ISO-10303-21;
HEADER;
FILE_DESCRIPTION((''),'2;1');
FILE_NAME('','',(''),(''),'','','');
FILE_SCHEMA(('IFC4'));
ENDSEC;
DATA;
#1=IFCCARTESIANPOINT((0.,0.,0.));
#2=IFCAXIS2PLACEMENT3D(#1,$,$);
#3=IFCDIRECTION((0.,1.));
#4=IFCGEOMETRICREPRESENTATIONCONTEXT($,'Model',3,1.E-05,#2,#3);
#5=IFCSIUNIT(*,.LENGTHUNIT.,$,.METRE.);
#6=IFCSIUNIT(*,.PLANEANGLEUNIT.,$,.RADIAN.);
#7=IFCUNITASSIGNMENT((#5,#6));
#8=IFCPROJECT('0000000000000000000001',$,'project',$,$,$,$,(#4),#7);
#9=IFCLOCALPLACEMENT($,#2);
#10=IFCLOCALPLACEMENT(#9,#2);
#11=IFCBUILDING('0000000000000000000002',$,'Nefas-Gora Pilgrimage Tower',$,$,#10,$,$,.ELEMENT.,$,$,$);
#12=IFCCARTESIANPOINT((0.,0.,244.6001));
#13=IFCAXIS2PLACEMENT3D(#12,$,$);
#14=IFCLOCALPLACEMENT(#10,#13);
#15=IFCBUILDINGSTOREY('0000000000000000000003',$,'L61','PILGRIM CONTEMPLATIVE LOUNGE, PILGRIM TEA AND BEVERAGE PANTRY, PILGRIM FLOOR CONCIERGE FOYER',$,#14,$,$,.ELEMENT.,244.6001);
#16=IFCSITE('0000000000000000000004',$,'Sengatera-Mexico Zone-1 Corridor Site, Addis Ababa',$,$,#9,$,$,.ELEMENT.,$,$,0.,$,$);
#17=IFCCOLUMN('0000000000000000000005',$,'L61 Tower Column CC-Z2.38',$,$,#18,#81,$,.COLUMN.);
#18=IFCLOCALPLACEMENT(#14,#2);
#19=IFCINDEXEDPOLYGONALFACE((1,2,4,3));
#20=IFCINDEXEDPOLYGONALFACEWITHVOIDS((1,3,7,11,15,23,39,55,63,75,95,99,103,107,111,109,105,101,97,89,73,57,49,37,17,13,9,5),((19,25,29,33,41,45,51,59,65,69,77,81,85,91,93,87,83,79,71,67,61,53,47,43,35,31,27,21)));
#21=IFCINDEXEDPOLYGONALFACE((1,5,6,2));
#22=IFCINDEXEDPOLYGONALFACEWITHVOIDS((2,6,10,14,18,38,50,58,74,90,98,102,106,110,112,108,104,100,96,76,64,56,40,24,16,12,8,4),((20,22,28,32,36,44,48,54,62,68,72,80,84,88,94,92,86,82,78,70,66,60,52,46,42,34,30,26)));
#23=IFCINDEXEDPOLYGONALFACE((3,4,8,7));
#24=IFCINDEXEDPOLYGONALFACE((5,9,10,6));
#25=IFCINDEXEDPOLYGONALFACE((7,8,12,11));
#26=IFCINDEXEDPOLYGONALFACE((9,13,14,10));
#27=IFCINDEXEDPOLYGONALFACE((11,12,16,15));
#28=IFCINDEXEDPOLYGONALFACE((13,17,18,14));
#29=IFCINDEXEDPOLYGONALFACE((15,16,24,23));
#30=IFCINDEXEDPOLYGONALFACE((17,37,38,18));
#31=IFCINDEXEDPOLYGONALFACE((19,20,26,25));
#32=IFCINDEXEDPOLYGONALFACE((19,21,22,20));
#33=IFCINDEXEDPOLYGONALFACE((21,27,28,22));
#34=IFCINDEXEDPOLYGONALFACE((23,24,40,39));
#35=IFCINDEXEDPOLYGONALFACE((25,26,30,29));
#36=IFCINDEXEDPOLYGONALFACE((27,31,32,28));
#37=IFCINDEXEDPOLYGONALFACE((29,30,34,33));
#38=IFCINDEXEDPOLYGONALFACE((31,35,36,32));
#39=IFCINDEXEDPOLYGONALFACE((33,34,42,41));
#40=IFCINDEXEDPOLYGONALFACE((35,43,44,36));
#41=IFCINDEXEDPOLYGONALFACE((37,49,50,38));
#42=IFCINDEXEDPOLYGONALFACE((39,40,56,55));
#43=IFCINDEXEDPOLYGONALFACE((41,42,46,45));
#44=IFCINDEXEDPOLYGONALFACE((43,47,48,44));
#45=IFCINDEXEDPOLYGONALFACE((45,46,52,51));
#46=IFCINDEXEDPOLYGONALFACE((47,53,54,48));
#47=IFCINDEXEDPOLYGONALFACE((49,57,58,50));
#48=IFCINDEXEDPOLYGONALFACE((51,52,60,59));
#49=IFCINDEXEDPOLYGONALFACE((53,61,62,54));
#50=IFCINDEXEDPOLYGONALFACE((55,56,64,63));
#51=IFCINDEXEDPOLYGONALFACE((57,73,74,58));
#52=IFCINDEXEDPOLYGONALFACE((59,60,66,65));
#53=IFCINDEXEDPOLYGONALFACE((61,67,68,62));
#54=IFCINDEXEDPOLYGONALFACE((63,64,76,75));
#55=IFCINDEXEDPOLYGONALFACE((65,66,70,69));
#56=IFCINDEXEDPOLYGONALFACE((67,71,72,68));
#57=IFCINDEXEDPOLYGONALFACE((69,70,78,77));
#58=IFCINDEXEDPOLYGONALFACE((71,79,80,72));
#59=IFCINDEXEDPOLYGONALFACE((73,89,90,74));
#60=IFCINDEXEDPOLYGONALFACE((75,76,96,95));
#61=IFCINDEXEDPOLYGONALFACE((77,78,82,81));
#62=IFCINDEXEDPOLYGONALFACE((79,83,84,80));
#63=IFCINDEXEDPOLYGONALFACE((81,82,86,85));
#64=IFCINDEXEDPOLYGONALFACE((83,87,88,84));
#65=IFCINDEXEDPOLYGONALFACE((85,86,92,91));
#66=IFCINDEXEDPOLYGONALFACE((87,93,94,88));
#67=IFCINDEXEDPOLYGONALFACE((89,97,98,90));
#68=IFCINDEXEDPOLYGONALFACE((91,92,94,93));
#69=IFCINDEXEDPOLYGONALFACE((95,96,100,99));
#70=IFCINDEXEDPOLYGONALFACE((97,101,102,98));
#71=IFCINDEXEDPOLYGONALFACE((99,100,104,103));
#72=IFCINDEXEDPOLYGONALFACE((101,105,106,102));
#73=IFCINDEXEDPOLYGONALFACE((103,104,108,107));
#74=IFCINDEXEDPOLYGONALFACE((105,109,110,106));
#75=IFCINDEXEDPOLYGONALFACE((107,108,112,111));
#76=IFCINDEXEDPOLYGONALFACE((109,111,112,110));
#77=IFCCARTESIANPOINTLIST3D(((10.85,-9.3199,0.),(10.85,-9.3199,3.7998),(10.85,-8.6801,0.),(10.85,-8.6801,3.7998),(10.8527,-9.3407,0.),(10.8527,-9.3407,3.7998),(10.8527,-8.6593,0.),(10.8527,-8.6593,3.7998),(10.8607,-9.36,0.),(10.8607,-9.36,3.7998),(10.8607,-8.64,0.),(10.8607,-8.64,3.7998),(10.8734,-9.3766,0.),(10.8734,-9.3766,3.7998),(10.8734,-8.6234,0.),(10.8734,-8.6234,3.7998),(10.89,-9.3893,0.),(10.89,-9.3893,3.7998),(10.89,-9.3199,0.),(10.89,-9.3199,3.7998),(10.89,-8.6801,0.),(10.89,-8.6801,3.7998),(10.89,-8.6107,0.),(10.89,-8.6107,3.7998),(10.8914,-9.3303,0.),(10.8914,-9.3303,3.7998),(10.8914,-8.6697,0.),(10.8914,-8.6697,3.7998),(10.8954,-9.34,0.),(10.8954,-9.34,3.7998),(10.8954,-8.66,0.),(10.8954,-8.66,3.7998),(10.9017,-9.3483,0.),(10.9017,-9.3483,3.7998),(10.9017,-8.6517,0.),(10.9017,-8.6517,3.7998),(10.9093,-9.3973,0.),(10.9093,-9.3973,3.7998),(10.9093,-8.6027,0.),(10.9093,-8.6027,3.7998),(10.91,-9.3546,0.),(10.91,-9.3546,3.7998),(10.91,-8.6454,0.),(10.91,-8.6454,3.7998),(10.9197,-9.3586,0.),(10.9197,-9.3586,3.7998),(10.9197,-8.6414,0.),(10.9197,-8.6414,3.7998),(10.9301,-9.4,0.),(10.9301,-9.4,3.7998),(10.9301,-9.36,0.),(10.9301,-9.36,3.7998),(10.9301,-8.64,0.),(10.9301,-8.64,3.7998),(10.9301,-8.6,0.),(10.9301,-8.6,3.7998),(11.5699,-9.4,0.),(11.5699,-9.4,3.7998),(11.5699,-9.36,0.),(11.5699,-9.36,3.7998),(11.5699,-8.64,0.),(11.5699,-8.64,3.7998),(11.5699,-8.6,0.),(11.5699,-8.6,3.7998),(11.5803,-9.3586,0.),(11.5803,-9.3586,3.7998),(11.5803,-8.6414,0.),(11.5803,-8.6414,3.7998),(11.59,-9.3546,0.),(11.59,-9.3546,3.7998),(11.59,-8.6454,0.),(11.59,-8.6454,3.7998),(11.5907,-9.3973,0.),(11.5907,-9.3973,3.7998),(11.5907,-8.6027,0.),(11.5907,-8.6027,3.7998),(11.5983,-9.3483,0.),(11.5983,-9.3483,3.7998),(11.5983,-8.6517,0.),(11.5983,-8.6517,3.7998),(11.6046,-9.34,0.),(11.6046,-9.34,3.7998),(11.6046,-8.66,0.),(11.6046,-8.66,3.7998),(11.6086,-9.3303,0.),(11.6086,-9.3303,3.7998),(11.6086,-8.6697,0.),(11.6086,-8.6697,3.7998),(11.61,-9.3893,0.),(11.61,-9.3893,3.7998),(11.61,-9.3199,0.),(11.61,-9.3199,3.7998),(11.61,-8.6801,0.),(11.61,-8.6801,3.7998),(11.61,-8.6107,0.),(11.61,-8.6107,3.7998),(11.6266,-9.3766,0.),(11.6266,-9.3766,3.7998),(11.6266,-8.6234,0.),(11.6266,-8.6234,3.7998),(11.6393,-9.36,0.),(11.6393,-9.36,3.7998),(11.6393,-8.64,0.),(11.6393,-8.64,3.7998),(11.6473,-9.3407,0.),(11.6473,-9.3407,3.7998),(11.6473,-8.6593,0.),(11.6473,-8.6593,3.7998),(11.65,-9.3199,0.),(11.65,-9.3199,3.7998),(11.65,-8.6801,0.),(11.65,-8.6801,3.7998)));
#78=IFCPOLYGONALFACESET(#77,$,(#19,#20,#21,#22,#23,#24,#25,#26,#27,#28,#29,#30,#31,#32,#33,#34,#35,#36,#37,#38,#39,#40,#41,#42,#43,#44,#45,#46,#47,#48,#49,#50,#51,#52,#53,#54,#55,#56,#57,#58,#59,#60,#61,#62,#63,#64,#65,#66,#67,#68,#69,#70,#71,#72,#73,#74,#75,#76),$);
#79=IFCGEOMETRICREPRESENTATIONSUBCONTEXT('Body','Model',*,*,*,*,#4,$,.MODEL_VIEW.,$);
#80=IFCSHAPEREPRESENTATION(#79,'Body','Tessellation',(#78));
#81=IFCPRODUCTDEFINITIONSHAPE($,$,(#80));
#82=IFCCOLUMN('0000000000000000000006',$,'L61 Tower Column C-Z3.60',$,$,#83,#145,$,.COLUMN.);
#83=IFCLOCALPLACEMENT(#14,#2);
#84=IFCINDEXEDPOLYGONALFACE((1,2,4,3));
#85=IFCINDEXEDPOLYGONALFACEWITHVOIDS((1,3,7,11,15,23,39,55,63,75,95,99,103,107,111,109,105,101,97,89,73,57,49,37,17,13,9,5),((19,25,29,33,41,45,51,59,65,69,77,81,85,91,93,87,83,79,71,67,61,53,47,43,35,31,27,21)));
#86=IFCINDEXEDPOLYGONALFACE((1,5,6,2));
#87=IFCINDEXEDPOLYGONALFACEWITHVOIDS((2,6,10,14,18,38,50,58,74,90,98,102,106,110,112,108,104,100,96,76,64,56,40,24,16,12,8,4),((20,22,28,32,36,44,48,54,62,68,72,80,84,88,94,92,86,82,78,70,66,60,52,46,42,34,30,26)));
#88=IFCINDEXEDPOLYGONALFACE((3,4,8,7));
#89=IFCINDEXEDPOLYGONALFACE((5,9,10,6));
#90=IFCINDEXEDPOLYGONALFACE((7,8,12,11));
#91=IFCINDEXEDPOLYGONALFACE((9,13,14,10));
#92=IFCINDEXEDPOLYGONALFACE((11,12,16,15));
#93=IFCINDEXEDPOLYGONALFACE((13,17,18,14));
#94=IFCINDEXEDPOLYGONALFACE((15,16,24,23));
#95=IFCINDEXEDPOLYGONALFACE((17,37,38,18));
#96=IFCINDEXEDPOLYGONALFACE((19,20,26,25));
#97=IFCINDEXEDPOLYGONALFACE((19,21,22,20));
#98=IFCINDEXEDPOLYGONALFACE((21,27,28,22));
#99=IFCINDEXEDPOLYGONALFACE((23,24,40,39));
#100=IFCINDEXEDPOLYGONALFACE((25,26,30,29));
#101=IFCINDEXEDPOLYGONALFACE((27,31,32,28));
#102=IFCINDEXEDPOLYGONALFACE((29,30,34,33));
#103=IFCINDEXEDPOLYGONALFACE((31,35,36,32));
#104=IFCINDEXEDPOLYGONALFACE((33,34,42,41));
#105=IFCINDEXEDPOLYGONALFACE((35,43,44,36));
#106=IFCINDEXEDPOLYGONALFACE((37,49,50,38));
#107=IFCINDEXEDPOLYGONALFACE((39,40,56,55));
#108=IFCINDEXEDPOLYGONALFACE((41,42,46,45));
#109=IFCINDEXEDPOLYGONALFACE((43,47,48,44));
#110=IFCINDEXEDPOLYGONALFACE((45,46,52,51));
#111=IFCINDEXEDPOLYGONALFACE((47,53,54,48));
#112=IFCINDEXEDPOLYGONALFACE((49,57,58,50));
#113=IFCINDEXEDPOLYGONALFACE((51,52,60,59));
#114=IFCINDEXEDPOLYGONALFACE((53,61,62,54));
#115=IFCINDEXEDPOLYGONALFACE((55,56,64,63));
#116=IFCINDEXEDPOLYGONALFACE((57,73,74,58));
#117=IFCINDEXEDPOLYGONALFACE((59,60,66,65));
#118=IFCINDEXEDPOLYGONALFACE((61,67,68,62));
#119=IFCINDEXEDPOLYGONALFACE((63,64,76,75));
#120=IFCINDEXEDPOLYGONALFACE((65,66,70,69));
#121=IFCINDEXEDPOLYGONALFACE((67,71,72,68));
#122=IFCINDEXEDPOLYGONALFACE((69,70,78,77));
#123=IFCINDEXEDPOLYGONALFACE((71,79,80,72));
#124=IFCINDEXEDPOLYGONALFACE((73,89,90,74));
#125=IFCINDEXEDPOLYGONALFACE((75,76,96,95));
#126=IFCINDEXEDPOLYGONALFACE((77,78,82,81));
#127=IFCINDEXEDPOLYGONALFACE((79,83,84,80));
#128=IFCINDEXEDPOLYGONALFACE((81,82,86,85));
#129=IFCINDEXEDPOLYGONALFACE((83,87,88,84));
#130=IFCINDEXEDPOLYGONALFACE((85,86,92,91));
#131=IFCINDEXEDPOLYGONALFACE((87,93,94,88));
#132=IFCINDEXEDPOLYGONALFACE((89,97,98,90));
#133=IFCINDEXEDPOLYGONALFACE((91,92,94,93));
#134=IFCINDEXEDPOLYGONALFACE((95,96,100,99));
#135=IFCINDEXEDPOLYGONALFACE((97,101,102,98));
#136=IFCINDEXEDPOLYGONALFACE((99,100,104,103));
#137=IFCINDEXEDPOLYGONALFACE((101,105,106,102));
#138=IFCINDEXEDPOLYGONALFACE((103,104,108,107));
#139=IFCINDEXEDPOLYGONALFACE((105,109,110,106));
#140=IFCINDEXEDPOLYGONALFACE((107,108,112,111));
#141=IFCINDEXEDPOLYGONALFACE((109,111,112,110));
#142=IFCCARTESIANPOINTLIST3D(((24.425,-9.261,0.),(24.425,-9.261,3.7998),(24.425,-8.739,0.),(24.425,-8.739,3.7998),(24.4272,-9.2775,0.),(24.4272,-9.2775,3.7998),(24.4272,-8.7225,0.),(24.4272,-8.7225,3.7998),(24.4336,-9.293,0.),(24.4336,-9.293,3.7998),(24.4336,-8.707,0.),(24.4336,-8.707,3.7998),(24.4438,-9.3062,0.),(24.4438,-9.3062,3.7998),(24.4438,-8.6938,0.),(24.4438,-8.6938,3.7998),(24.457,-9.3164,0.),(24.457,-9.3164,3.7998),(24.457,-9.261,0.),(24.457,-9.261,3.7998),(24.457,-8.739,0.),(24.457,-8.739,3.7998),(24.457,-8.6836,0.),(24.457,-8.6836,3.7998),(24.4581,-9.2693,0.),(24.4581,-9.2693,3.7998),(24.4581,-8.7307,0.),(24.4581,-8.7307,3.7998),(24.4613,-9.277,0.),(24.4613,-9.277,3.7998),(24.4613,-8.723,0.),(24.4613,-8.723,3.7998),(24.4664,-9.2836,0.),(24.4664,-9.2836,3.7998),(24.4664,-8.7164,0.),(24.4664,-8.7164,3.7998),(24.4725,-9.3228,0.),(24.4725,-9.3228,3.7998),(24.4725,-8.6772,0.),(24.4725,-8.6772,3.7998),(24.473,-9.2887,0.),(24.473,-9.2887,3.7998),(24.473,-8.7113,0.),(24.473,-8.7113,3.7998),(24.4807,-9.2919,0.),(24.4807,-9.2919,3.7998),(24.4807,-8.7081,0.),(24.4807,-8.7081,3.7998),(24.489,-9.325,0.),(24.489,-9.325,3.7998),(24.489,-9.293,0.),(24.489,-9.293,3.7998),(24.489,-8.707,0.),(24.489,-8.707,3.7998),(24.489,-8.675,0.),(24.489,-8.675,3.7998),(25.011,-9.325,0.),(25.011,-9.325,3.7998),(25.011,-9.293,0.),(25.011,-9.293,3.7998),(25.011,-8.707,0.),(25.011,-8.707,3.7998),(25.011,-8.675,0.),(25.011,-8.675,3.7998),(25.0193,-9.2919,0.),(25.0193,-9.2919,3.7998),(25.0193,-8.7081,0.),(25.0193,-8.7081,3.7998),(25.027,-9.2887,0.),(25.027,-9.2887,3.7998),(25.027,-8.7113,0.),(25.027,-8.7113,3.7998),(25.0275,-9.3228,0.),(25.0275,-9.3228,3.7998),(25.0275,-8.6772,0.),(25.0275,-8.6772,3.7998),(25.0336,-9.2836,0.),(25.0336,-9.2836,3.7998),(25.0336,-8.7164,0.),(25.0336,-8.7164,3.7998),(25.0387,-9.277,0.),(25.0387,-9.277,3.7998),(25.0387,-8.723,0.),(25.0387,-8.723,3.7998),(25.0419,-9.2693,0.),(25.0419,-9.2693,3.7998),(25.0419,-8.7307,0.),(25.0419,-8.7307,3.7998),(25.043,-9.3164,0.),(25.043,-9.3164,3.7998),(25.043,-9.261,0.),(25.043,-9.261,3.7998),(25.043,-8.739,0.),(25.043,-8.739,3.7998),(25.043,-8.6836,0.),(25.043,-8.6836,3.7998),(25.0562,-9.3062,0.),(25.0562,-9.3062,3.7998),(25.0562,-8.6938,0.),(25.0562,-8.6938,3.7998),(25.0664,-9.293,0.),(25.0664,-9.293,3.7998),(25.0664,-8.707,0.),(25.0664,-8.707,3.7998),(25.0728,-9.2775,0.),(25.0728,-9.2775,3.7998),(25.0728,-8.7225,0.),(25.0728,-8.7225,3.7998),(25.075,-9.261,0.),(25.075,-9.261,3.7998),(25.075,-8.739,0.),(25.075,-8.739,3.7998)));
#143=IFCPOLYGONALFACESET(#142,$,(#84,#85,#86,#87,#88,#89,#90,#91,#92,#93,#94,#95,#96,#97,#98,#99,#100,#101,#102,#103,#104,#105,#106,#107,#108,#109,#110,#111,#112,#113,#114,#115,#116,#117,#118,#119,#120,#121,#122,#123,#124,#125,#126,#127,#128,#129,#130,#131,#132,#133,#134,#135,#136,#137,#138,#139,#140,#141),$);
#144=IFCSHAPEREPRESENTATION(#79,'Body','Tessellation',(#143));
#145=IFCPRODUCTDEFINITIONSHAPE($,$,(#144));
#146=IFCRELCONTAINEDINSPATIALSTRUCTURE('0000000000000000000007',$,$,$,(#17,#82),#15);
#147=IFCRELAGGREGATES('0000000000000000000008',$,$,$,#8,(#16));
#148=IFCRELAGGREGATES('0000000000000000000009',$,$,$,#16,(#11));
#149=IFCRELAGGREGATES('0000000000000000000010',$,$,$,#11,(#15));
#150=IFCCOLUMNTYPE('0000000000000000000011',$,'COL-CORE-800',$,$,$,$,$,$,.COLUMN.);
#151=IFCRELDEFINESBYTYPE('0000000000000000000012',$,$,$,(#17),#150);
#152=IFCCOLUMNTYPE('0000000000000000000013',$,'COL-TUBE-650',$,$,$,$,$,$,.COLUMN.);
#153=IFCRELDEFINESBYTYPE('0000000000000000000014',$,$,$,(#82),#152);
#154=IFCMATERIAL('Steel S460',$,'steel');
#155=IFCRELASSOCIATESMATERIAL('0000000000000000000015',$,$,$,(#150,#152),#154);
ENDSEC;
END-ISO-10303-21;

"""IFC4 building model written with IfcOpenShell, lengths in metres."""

from ifc_helpers import new_model, si_unit, direction, frame, origin, origin_2d, place, context, subcontext, project, spatial, hollow_rectangle, extrude, source, transform, mapped, material, material_profile, profile_set, type_object, element, save


model = new_model("IFC4")

# Units and contexts
model_context = context("Model", 3, precision=1e-05, world=origin(), true_north=direction((0.0, 1.0)))
body_context = subcontext(model_context, "Body", "Model", "MODEL_VIEW")
ifc_project = project(units=[si_unit("LENGTHUNIT", "METRE"), si_unit("PLANEANGLEUNIT", "RADIAN")], contexts=[model_context])

# Site, building, storey
site_placement = place(None, origin())
site = spatial("IfcSite", under=ifc_project, at=site_placement, Name="Sengatera-Mexico Zone-1 Corridor Site, Addis Ababa", CompositionType="ELEMENT", RefElevation=0.0)
building_placement = place(site_placement, origin())
building = spatial("IfcBuilding", under=site, at=building_placement, Name="Nefas-Gora Pilgrimage Tower", CompositionType="ELEMENT")
storey_placement = place(building_placement, frame((0.0, 0.0, 244.6001)))
storey = spatial("IfcBuildingStorey", under=building, at=storey_placement, Name="L61", Description="PILGRIM CONTEMPLATIVE LOUNGE, PILGRIM TEA AND BEVERAGE PANTRY, PILGRIM FLOOR CONCIERGE FOYER", CompositionType="ELEMENT", Elevation=244.6001)

# Columns
ifc_material_1 = material(Name="Steel S460", Category="steel")
ifc_material_profile_1 = material_profile(ifc_material_1, hollow_rectangle(XDim=0.8, YDim=0.8, WallThickness=0.04, InnerFilletRadius=0.04, OuterFilletRadius=0.0801, at=origin_2d()), Name="BOX 800x800x40")
ifc_profile_set_1 = profile_set([ifc_material_profile_1], Name="Steel S460")
column_type_1 = type_object("IfcColumnType", Name="COL-CORE-800", PredefinedType="COLUMN", material=ifc_profile_set_1)
shared_shape_1 = source(origin(), body_context, "Body", "SweptSolid", [
    extrude(hollow_rectangle(XDim=0.8, YDim=0.8, WallThickness=0.04, InnerFilletRadius=0.04, OuterFilletRadius=0.0801, at=origin_2d()), origin(), (0.0, 0.0, 1.0), 3.7998),
])
column_placement = place(storey_placement, frame((11.25, -9.0, 0.0), z_axis=(0.0, 0.0, 1.0), x_axis=(1.0, 0.0, 0.0)))
element("IfcColumn", 1, at=column_placement, inside=storey, type_object=column_type_1, Name="L61 Tower Column CC-Z2.38", PredefinedType="COLUMN", context=body_context, shape_type="MappedRepresentation", body=[
    mapped(shared_shape_1, transform((0.0, 0.0, 0.0), x_axis=(1.0, 0.0, 0.0), y_axis=(0.0, 1.0, 0.0), z_axis=(0.0, 0.0, 1.0), scale=1.0)),
])
ifc_material_profile_2 = material_profile(ifc_material_1, hollow_rectangle(XDim=0.6499, YDim=0.6499, WallThickness=0.032, InnerFilletRadius=0.032, OuterFilletRadius=0.064, at=origin_2d()), Name="BOX 650x650x32")
ifc_profile_set_2 = profile_set([ifc_material_profile_2], Name="Steel S460")
column_type_2 = type_object("IfcColumnType", Name="COL-TUBE-650", PredefinedType="COLUMN", material=ifc_profile_set_2)
shared_shape_2 = source(origin(), body_context, "Body", "SweptSolid", [
    extrude(hollow_rectangle(XDim=0.6499, YDim=0.6499, WallThickness=0.032, InnerFilletRadius=0.032, OuterFilletRadius=0.064, at=origin_2d()), origin(), (0.0, 0.0, 1.0), 3.7998),
])
for number, where, z_axis, x_axis, name in (
    (2, (24.75, -9.0, 0.0), (0.0, 0.0, 1.0), (1.0, 0.0, 0.0), "L61 Tower Column C-Z3.60"),
):
    element("IfcColumn", number, at=place(storey_placement, frame(where, z_axis=z_axis, x_axis=x_axis)), inside=storey, type_object=column_type_2, Name=name, PredefinedType="COLUMN", context=body_context, shape_type="MappedRepresentation", body=[
        mapped(shared_shape_2, transform((0.0, 0.0, 0.0), x_axis=(1.0, 0.0, 0.0), y_axis=(0.0, 1.0, 0.0), z_axis=(0.0, 0.0, 1.0), scale=1.0)),
    ])

save(model, "model.ifc")
